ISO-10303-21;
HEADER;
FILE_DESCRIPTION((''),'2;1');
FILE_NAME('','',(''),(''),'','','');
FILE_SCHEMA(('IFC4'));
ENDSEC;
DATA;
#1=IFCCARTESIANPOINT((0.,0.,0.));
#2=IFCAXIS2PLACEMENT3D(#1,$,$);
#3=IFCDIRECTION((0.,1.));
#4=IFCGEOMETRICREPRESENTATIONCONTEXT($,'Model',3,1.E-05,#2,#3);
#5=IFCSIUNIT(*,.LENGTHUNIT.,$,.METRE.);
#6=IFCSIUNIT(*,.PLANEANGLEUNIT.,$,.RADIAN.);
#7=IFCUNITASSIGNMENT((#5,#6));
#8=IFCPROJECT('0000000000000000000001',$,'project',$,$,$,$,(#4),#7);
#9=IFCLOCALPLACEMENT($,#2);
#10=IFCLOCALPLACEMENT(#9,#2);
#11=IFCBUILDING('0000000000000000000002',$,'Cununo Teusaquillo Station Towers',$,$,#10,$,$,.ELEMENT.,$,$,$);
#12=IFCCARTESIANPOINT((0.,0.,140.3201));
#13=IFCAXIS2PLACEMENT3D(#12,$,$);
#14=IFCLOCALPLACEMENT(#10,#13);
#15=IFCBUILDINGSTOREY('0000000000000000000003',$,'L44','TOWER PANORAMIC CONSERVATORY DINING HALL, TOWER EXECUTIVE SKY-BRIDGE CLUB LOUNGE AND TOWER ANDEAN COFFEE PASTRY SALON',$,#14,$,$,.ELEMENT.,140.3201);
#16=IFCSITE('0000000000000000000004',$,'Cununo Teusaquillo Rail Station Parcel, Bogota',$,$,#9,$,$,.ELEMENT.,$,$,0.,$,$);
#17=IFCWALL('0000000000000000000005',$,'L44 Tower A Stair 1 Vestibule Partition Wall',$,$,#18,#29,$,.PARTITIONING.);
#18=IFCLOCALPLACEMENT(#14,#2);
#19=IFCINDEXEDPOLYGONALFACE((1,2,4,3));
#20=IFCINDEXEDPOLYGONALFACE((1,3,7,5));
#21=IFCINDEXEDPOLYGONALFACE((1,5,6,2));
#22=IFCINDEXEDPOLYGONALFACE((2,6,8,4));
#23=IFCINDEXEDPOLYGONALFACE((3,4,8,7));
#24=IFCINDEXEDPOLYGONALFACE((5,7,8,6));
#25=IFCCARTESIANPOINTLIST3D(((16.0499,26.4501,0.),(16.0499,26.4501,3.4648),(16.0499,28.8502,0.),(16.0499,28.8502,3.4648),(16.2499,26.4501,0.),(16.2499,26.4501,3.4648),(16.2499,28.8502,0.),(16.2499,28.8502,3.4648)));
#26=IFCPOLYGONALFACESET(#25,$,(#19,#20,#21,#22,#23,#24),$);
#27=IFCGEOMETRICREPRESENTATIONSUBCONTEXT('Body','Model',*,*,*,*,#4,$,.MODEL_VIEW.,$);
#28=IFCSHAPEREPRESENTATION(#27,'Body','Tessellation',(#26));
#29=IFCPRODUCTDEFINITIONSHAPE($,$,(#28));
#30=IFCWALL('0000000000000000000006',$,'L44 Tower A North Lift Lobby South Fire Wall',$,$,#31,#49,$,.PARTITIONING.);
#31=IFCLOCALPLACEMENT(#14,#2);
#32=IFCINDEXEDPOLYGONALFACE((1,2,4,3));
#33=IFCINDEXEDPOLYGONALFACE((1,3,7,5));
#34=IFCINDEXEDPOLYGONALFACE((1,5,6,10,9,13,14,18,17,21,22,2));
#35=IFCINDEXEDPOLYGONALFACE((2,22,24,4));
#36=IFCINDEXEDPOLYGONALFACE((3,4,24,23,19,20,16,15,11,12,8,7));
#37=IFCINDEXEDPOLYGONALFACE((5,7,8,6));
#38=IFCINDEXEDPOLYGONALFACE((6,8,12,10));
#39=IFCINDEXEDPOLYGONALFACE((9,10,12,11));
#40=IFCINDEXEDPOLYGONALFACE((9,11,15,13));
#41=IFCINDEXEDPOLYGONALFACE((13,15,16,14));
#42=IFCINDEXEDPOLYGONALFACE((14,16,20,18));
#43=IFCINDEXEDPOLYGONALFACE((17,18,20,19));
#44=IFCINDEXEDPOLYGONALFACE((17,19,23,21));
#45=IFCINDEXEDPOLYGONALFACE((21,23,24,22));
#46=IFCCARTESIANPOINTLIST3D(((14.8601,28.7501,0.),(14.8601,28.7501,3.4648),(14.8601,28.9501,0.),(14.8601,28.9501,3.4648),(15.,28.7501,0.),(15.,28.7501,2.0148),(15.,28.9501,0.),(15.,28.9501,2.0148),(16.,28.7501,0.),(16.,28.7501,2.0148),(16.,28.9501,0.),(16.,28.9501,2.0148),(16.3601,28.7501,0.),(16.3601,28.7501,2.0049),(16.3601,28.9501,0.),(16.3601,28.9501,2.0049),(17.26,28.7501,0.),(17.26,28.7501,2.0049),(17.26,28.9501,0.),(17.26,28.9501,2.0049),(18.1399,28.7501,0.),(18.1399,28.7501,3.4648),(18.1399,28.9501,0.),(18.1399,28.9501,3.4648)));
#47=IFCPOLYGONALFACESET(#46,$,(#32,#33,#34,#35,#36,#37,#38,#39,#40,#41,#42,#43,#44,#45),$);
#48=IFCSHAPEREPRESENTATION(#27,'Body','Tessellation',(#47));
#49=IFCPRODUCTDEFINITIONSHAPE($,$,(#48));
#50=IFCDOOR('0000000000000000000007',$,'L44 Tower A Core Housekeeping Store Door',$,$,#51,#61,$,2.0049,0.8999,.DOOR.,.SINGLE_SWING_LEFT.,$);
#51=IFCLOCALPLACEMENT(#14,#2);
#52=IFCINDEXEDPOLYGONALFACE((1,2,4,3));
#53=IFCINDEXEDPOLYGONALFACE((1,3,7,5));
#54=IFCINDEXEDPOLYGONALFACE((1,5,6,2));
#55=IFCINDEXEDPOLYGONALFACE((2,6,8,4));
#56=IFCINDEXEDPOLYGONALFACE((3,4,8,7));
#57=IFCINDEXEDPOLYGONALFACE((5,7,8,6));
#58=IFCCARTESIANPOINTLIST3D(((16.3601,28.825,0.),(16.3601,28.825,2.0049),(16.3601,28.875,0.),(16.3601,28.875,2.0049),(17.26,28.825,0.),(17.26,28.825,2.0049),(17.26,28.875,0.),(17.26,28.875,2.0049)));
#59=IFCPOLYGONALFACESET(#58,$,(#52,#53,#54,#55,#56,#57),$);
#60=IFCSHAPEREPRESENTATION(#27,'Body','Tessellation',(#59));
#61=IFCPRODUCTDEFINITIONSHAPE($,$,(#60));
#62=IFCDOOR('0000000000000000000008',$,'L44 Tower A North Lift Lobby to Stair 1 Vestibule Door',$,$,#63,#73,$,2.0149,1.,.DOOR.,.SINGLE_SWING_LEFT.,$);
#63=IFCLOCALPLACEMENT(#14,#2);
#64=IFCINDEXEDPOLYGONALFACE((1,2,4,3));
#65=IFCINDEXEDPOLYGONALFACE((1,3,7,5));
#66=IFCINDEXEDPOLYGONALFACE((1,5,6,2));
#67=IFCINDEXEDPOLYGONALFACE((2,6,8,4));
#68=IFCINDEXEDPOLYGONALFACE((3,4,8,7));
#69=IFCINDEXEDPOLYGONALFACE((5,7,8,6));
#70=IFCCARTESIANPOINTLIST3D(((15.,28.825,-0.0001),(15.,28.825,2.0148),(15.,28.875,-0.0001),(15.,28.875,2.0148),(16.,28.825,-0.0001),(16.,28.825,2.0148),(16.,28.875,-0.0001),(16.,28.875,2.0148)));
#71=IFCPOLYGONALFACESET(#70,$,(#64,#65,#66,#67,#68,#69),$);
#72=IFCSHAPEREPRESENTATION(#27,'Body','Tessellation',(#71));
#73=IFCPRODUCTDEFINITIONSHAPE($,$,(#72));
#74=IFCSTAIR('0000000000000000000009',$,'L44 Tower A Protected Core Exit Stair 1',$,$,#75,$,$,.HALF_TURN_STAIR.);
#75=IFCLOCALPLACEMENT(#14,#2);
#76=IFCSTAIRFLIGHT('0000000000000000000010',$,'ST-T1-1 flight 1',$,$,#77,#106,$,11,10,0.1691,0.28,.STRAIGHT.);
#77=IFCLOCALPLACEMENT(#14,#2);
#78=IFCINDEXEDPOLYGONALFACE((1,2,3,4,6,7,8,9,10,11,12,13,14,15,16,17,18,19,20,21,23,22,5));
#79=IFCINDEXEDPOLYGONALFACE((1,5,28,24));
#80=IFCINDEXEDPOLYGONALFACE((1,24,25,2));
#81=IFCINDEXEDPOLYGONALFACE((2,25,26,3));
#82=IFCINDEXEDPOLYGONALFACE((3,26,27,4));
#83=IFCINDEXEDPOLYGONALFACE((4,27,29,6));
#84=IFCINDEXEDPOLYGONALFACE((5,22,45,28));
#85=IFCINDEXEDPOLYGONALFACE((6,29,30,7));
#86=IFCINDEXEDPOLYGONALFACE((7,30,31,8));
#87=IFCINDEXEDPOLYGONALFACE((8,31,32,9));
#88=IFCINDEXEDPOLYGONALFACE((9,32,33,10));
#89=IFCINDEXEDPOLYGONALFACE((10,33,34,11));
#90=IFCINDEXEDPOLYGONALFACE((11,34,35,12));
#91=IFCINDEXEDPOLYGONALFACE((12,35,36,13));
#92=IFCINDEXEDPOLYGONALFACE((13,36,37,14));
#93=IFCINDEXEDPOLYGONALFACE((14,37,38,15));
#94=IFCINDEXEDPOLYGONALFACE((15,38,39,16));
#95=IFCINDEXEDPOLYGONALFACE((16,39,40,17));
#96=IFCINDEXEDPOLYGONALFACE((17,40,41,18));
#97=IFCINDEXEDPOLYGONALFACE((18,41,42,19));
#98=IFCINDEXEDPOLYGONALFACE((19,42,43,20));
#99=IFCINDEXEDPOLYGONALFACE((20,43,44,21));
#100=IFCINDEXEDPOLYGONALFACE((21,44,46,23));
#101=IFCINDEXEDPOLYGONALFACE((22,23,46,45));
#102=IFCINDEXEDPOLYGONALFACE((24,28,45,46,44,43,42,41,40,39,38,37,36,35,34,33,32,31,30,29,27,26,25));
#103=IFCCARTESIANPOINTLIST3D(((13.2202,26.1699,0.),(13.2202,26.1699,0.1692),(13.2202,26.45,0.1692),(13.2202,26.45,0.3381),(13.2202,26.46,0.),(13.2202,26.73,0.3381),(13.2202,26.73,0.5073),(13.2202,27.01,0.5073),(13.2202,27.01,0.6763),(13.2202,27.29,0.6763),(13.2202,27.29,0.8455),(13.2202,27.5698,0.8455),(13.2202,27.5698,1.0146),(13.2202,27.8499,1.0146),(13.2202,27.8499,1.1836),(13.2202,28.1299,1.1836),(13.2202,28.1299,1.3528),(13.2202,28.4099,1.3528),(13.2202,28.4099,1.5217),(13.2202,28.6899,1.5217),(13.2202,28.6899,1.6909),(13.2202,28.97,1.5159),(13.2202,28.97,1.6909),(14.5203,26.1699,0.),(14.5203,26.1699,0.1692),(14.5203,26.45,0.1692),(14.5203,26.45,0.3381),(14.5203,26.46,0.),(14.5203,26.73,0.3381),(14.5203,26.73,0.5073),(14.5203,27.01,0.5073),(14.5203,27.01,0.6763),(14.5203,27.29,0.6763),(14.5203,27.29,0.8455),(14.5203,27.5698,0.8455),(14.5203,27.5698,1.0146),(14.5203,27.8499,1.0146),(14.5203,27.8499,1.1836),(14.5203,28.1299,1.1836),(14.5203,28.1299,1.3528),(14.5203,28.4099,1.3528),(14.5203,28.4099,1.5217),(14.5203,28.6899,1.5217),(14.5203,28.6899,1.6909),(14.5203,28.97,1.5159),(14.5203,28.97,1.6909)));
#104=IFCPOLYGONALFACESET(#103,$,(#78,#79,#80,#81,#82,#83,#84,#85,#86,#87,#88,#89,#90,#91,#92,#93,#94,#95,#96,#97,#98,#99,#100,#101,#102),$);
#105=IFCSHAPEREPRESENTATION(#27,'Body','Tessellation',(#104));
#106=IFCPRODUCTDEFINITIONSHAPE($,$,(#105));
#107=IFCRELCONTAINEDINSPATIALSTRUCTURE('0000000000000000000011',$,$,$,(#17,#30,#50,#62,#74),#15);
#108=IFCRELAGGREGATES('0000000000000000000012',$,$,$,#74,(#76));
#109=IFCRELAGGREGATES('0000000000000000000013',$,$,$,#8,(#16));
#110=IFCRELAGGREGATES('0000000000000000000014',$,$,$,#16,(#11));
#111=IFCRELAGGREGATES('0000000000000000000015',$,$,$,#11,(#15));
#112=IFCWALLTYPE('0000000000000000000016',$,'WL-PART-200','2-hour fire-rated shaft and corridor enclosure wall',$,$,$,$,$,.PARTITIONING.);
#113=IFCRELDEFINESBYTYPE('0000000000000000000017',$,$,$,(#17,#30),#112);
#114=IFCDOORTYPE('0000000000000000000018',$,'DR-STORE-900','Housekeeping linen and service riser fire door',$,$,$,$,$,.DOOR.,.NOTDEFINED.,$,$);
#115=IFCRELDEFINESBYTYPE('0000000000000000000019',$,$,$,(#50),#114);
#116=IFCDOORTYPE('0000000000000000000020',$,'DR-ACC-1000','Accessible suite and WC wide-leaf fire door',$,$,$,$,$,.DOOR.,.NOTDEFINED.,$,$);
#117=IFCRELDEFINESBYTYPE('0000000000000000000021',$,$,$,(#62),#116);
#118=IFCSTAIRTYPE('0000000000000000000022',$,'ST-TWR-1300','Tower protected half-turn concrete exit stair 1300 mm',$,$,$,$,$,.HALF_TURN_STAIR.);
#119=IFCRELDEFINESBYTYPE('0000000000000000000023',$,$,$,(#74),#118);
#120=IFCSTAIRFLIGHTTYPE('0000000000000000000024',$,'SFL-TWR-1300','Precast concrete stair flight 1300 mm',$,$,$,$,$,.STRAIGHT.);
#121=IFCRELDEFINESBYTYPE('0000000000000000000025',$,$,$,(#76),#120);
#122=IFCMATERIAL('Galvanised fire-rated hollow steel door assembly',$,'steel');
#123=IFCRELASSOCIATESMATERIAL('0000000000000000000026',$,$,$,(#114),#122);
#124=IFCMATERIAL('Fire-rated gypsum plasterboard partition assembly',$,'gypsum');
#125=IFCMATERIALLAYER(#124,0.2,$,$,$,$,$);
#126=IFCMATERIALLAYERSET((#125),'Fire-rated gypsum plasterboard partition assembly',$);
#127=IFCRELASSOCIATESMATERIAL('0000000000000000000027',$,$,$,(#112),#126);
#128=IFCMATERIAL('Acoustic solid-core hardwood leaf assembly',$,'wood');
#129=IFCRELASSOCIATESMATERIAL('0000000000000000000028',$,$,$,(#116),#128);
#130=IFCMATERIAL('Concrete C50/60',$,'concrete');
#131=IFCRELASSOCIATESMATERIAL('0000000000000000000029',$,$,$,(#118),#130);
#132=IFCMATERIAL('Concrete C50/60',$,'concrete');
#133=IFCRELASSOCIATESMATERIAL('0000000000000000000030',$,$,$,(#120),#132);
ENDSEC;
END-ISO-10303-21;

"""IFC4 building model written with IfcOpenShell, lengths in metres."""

from ifc_helpers import new_model, si_unit, direction, frame, frame_2d, origin, place, context, subcontext, project, spatial, polyline, rectangle, outline, extrude, source, transform, mapped, material, layer, layer_set, type_object, element, fill, aggregate, save


model = new_model("IFC4")

# Units and contexts
model_context = context("Model", 3, precision=1e-05, world=origin(), true_north=direction((0.0, 1.0)))
body_context = subcontext(model_context, "Body", "Model", "MODEL_VIEW")
ifc_project = project(units=[si_unit("LENGTHUNIT", "METRE"), si_unit("PLANEANGLEUNIT", "RADIAN")], contexts=[model_context])

# Site, building, storey
site_placement = place(None, origin())
site = spatial("IfcSite", under=ifc_project, at=site_placement, Name="Cununo Teusaquillo Rail Station Parcel, Bogota", CompositionType="ELEMENT", RefElevation=0.0)
building_placement = place(site_placement, origin())
building = spatial("IfcBuilding", under=site, at=building_placement, Name="Cununo Teusaquillo Station Towers", CompositionType="ELEMENT")
storey_placement = place(building_placement, frame((0.0, 0.0, 140.3201)))
storey = spatial("IfcBuildingStorey", under=building, at=storey_placement, Name="L44", Description="TOWER PANORAMIC CONSERVATORY DINING HALL, TOWER EXECUTIVE SKY-BRIDGE CLUB LOUNGE AND TOWER ANDEAN COFFEE PASTRY SALON", CompositionType="ELEMENT", Elevation=140.3201)

# Shared definitions
ifc_material_1 = material(Name="Galvanised fire-rated hollow steel door assembly", Category="steel")
door_type_1 = type_object("IfcDoorType", Name="DR-STORE-900", Description="Housekeeping linen and service riser fire door", OperationType="NOTDEFINED", PredefinedType="DOOR", material=ifc_material_1)
shared_shape_1 = source(origin(), body_context, "Body", "SweptSolid", [
    extrude(rectangle(XDim=0.8999, YDim=2.0049, at=frame_2d((0.45, 1.0024))), frame((0.0, 0.0249, 0.0), z_axis=(0.0, -1.0, 0.0), x_axis=(1.0, 0.0, 0.0)), (0.0, 0.0, 1.0), 0.05),
])

# Shared definitions
ifc_material_2 = material(Name="Fire-rated gypsum plasterboard partition assembly", Category="gypsum")
ifc_layer_1 = layer(ifc_material_2, 0.2)
ifc_layer_set_1 = layer_set([ifc_layer_1], Name="Fire-rated gypsum plasterboard partition assembly")
wall_type_1 = type_object("IfcWallType", Name="WL-PART-200", Description="2-hour fire-rated shaft and corridor enclosure wall", PredefinedType="PARTITIONING", material=ifc_layer_set_1)
shared_shape_2 = source(origin(), body_context, "Body", "SweptSolid", [
    extrude(rectangle(XDim=0.8999, YDim=2.0049, at=frame_2d((0.45, 1.0024))), frame((0.0, 0.1099, 0.0), z_axis=(0.0, -1.0, 0.0), x_axis=(1.0, 0.0, 0.0)), (0.0, 0.0, 1.0), 0.22),
])

# Wall
wall_1_placement = place(storey_placement, frame((16.1499, 26.45, 0.0), z_axis=(0.0, 0.0, 1.0), x_axis=(0.0, 1.0, 0.0)))
element("IfcWall", 1, at=wall_1_placement, inside=storey, type_object=wall_type_1, Name="L44 Tower A Stair 1 Vestibule Partition Wall", PredefinedType="PARTITIONING", context=body_context, shape_type="SweptSolid", body=[
    extrude(rectangle(XDim=2.4001, YDim=0.2, at=frame_2d((1.2002, 0.0))), origin(), (0.0, 0.0, 1.0), 3.4648),
])

# Wall, openings, doors
wall_2_placement = place(storey_placement, frame((14.8601, 28.8501, 0.0), z_axis=(0.0, 0.0, 1.0), x_axis=(1.0, 0.0, 0.0)))
wall_2 = element("IfcWall", 2, at=wall_2_placement, inside=storey, type_object=wall_type_1, Name="L44 Tower A North Lift Lobby South Fire Wall", PredefinedType="PARTITIONING", context=body_context, shape_type="SweptSolid", body=[
    extrude(rectangle(XDim=3.2798, YDim=0.2, at=frame_2d((1.6399, 0.0))), origin(), (0.0, 0.0, 1.0), 3.4648),
])
shared_shape_3 = source(origin(), body_context, "Body", "SweptSolid", [
    extrude(rectangle(XDim=1.0, YDim=2.0149, at=frame_2d((0.5, 1.0073))), frame((0.0, 0.1099, 0.0), z_axis=(0.0, -1.0, 0.0), x_axis=(1.0, 0.0, 0.0)), (0.0, 0.0, 1.0), 0.22),
])
opening_1_placement = place(wall_2_placement, frame((0.1399, 0.0, 0.0)))
opening_1 = element("IfcOpeningElement", 3, at=opening_1_placement, cuts=wall_2, PredefinedType="OPENING", context=body_context, shape_type="MappedRepresentation", body=[
    mapped(shared_shape_3, transform((0.0, 0.0, 0.0), x_axis=(1.0, 0.0, 0.0), y_axis=(0.0, 1.0, 0.0), z_axis=(0.0, 0.0, 1.0), scale=1.0)),
])
opening_2_placement = place(wall_2_placement, frame((1.5, 0.0, 0.0)))
opening_2 = element("IfcOpeningElement", 4, at=opening_2_placement, cuts=wall_2, PredefinedType="OPENING", context=body_context, shape_type="MappedRepresentation", body=[
    mapped(shared_shape_2, transform((0.0, 0.0, 0.0), x_axis=(1.0, 0.0, 0.0), y_axis=(0.0, 1.0, 0.0), z_axis=(0.0, 0.0, 1.0), scale=1.0)),
])
door_1_placement = place(opening_2_placement, origin())
door_1 = element("IfcDoor", 5, at=door_1_placement, inside=storey, type_object=door_type_1, Name="L44 Tower A Core Housekeeping Store Door", OperationType="SINGLE_SWING_LEFT", OverallHeight=2.0049, OverallWidth=0.8999, PredefinedType="DOOR", context=body_context, shape_type="MappedRepresentation", body=[
    mapped(shared_shape_1, transform((0.0, 0.0, 0.0), x_axis=(1.0, 0.0, 0.0), y_axis=(0.0, 1.0, 0.0), z_axis=(0.0, 0.0, 1.0), scale=1.0)),
])
fill(opening_2, door_1)
ifc_material_3 = material(Name="Acoustic solid-core hardwood leaf assembly", Category="wood")
door_type_2 = type_object("IfcDoorType", Name="DR-ACC-1000", Description="Accessible suite and WC wide-leaf fire door", OperationType="NOTDEFINED", PredefinedType="DOOR", material=ifc_material_3)
shared_shape_4 = source(origin(), body_context, "Body", "SweptSolid", [
    extrude(rectangle(XDim=1.0, YDim=2.0149, at=frame_2d((0.5, 1.0073))), frame((0.0, 0.0249, 0.0), z_axis=(0.0, -1.0, 0.0), x_axis=(1.0, 0.0, 0.0)), (0.0, 0.0, 1.0), 0.05),
])
door_2_placement = place(opening_1_placement, origin())
door_2 = element("IfcDoor", 6, at=door_2_placement, inside=storey, type_object=door_type_2, Name="L44 Tower A North Lift Lobby to Stair 1 Vestibule Door", OperationType="SINGLE_SWING_LEFT", OverallHeight=2.0149, OverallWidth=1.0, PredefinedType="DOOR", context=body_context, shape_type="MappedRepresentation", body=[
    mapped(shared_shape_4, transform((0.0, 0.0, 0.0), x_axis=(1.0, 0.0, 0.0), y_axis=(0.0, 1.0, 0.0), z_axis=(0.0, 0.0, 1.0), scale=1.0)),
])
fill(opening_1, door_2)

# Stair, stair flight
ifc_material_4 = material(Name="Concrete C50/60", Category="concrete")
stair_type = type_object("IfcStairType", Name="ST-TWR-1300", Description="Tower protected half-turn concrete exit stair 1300 mm", PredefinedType="HALF_TURN_STAIR", material=ifc_material_4)
stair_placement = place(storey_placement, origin())
stair = element("IfcStair", 7, at=stair_placement, inside=storey, type_object=stair_type, Name="L44 Tower A Protected Core Exit Stair 1", PredefinedType="HALF_TURN_STAIR")
ifc_material_5 = material(Name="Concrete C50/60", Category="concrete")
stair_flight_type = type_object("IfcStairFlightType", Name="SFL-TWR-1300", Description="Precast concrete stair flight 1300 mm", PredefinedType="STRAIGHT", material=ifc_material_5)
stair_flight_placement = place(storey_placement, frame((13.8701, 26.1699, 0.0), z_axis=(0.0, 0.0, 1.0), x_axis=(0.0, 1.0, 0.0)))
stair_flight = element("IfcStairFlight", 8, at=stair_flight_placement, type_object=stair_flight_type, Name="ST-T1-1 flight 1", NumberOfRisers=11, NumberOfTreads=10, PredefinedType="STRAIGHT", RiserHeight=0.1691, TreadLength=0.28, context=body_context, shape_type="SweptSolid", body=[
    extrude(outline(polyline([(0.0, 0.0), (0.0, 0.1692), (0.28, 0.1692), (0.28, 0.3381), (0.5601, 0.3381), (0.5601, 0.5073), (0.8401, 0.5073), (0.8401, 0.6763), (1.1201, 0.6763), (1.1201, 0.8455), (1.3999, 0.8455), (1.3999, 1.0146), (1.6799, 1.0146), (1.6799, 1.1836), (1.96, 1.1836), (1.96, 1.3528), (2.24, 1.3528), (2.24, 1.5217), (2.52, 1.5217), (2.52, 1.6909), (2.8, 1.6909), (2.8, 1.8601), (2.8, 1.5159), (0.29, 0.0), (0.0, 0.0)])), frame((0.0, 0.6499, 0.0), z_axis=(0.0, -1.0, 0.0), x_axis=(1.0, 0.0, 0.0)), (0.0, 0.0, 1.0), 1.3),
])
aggregate(stair, [stair_flight])

save(model, "model.ifc")
